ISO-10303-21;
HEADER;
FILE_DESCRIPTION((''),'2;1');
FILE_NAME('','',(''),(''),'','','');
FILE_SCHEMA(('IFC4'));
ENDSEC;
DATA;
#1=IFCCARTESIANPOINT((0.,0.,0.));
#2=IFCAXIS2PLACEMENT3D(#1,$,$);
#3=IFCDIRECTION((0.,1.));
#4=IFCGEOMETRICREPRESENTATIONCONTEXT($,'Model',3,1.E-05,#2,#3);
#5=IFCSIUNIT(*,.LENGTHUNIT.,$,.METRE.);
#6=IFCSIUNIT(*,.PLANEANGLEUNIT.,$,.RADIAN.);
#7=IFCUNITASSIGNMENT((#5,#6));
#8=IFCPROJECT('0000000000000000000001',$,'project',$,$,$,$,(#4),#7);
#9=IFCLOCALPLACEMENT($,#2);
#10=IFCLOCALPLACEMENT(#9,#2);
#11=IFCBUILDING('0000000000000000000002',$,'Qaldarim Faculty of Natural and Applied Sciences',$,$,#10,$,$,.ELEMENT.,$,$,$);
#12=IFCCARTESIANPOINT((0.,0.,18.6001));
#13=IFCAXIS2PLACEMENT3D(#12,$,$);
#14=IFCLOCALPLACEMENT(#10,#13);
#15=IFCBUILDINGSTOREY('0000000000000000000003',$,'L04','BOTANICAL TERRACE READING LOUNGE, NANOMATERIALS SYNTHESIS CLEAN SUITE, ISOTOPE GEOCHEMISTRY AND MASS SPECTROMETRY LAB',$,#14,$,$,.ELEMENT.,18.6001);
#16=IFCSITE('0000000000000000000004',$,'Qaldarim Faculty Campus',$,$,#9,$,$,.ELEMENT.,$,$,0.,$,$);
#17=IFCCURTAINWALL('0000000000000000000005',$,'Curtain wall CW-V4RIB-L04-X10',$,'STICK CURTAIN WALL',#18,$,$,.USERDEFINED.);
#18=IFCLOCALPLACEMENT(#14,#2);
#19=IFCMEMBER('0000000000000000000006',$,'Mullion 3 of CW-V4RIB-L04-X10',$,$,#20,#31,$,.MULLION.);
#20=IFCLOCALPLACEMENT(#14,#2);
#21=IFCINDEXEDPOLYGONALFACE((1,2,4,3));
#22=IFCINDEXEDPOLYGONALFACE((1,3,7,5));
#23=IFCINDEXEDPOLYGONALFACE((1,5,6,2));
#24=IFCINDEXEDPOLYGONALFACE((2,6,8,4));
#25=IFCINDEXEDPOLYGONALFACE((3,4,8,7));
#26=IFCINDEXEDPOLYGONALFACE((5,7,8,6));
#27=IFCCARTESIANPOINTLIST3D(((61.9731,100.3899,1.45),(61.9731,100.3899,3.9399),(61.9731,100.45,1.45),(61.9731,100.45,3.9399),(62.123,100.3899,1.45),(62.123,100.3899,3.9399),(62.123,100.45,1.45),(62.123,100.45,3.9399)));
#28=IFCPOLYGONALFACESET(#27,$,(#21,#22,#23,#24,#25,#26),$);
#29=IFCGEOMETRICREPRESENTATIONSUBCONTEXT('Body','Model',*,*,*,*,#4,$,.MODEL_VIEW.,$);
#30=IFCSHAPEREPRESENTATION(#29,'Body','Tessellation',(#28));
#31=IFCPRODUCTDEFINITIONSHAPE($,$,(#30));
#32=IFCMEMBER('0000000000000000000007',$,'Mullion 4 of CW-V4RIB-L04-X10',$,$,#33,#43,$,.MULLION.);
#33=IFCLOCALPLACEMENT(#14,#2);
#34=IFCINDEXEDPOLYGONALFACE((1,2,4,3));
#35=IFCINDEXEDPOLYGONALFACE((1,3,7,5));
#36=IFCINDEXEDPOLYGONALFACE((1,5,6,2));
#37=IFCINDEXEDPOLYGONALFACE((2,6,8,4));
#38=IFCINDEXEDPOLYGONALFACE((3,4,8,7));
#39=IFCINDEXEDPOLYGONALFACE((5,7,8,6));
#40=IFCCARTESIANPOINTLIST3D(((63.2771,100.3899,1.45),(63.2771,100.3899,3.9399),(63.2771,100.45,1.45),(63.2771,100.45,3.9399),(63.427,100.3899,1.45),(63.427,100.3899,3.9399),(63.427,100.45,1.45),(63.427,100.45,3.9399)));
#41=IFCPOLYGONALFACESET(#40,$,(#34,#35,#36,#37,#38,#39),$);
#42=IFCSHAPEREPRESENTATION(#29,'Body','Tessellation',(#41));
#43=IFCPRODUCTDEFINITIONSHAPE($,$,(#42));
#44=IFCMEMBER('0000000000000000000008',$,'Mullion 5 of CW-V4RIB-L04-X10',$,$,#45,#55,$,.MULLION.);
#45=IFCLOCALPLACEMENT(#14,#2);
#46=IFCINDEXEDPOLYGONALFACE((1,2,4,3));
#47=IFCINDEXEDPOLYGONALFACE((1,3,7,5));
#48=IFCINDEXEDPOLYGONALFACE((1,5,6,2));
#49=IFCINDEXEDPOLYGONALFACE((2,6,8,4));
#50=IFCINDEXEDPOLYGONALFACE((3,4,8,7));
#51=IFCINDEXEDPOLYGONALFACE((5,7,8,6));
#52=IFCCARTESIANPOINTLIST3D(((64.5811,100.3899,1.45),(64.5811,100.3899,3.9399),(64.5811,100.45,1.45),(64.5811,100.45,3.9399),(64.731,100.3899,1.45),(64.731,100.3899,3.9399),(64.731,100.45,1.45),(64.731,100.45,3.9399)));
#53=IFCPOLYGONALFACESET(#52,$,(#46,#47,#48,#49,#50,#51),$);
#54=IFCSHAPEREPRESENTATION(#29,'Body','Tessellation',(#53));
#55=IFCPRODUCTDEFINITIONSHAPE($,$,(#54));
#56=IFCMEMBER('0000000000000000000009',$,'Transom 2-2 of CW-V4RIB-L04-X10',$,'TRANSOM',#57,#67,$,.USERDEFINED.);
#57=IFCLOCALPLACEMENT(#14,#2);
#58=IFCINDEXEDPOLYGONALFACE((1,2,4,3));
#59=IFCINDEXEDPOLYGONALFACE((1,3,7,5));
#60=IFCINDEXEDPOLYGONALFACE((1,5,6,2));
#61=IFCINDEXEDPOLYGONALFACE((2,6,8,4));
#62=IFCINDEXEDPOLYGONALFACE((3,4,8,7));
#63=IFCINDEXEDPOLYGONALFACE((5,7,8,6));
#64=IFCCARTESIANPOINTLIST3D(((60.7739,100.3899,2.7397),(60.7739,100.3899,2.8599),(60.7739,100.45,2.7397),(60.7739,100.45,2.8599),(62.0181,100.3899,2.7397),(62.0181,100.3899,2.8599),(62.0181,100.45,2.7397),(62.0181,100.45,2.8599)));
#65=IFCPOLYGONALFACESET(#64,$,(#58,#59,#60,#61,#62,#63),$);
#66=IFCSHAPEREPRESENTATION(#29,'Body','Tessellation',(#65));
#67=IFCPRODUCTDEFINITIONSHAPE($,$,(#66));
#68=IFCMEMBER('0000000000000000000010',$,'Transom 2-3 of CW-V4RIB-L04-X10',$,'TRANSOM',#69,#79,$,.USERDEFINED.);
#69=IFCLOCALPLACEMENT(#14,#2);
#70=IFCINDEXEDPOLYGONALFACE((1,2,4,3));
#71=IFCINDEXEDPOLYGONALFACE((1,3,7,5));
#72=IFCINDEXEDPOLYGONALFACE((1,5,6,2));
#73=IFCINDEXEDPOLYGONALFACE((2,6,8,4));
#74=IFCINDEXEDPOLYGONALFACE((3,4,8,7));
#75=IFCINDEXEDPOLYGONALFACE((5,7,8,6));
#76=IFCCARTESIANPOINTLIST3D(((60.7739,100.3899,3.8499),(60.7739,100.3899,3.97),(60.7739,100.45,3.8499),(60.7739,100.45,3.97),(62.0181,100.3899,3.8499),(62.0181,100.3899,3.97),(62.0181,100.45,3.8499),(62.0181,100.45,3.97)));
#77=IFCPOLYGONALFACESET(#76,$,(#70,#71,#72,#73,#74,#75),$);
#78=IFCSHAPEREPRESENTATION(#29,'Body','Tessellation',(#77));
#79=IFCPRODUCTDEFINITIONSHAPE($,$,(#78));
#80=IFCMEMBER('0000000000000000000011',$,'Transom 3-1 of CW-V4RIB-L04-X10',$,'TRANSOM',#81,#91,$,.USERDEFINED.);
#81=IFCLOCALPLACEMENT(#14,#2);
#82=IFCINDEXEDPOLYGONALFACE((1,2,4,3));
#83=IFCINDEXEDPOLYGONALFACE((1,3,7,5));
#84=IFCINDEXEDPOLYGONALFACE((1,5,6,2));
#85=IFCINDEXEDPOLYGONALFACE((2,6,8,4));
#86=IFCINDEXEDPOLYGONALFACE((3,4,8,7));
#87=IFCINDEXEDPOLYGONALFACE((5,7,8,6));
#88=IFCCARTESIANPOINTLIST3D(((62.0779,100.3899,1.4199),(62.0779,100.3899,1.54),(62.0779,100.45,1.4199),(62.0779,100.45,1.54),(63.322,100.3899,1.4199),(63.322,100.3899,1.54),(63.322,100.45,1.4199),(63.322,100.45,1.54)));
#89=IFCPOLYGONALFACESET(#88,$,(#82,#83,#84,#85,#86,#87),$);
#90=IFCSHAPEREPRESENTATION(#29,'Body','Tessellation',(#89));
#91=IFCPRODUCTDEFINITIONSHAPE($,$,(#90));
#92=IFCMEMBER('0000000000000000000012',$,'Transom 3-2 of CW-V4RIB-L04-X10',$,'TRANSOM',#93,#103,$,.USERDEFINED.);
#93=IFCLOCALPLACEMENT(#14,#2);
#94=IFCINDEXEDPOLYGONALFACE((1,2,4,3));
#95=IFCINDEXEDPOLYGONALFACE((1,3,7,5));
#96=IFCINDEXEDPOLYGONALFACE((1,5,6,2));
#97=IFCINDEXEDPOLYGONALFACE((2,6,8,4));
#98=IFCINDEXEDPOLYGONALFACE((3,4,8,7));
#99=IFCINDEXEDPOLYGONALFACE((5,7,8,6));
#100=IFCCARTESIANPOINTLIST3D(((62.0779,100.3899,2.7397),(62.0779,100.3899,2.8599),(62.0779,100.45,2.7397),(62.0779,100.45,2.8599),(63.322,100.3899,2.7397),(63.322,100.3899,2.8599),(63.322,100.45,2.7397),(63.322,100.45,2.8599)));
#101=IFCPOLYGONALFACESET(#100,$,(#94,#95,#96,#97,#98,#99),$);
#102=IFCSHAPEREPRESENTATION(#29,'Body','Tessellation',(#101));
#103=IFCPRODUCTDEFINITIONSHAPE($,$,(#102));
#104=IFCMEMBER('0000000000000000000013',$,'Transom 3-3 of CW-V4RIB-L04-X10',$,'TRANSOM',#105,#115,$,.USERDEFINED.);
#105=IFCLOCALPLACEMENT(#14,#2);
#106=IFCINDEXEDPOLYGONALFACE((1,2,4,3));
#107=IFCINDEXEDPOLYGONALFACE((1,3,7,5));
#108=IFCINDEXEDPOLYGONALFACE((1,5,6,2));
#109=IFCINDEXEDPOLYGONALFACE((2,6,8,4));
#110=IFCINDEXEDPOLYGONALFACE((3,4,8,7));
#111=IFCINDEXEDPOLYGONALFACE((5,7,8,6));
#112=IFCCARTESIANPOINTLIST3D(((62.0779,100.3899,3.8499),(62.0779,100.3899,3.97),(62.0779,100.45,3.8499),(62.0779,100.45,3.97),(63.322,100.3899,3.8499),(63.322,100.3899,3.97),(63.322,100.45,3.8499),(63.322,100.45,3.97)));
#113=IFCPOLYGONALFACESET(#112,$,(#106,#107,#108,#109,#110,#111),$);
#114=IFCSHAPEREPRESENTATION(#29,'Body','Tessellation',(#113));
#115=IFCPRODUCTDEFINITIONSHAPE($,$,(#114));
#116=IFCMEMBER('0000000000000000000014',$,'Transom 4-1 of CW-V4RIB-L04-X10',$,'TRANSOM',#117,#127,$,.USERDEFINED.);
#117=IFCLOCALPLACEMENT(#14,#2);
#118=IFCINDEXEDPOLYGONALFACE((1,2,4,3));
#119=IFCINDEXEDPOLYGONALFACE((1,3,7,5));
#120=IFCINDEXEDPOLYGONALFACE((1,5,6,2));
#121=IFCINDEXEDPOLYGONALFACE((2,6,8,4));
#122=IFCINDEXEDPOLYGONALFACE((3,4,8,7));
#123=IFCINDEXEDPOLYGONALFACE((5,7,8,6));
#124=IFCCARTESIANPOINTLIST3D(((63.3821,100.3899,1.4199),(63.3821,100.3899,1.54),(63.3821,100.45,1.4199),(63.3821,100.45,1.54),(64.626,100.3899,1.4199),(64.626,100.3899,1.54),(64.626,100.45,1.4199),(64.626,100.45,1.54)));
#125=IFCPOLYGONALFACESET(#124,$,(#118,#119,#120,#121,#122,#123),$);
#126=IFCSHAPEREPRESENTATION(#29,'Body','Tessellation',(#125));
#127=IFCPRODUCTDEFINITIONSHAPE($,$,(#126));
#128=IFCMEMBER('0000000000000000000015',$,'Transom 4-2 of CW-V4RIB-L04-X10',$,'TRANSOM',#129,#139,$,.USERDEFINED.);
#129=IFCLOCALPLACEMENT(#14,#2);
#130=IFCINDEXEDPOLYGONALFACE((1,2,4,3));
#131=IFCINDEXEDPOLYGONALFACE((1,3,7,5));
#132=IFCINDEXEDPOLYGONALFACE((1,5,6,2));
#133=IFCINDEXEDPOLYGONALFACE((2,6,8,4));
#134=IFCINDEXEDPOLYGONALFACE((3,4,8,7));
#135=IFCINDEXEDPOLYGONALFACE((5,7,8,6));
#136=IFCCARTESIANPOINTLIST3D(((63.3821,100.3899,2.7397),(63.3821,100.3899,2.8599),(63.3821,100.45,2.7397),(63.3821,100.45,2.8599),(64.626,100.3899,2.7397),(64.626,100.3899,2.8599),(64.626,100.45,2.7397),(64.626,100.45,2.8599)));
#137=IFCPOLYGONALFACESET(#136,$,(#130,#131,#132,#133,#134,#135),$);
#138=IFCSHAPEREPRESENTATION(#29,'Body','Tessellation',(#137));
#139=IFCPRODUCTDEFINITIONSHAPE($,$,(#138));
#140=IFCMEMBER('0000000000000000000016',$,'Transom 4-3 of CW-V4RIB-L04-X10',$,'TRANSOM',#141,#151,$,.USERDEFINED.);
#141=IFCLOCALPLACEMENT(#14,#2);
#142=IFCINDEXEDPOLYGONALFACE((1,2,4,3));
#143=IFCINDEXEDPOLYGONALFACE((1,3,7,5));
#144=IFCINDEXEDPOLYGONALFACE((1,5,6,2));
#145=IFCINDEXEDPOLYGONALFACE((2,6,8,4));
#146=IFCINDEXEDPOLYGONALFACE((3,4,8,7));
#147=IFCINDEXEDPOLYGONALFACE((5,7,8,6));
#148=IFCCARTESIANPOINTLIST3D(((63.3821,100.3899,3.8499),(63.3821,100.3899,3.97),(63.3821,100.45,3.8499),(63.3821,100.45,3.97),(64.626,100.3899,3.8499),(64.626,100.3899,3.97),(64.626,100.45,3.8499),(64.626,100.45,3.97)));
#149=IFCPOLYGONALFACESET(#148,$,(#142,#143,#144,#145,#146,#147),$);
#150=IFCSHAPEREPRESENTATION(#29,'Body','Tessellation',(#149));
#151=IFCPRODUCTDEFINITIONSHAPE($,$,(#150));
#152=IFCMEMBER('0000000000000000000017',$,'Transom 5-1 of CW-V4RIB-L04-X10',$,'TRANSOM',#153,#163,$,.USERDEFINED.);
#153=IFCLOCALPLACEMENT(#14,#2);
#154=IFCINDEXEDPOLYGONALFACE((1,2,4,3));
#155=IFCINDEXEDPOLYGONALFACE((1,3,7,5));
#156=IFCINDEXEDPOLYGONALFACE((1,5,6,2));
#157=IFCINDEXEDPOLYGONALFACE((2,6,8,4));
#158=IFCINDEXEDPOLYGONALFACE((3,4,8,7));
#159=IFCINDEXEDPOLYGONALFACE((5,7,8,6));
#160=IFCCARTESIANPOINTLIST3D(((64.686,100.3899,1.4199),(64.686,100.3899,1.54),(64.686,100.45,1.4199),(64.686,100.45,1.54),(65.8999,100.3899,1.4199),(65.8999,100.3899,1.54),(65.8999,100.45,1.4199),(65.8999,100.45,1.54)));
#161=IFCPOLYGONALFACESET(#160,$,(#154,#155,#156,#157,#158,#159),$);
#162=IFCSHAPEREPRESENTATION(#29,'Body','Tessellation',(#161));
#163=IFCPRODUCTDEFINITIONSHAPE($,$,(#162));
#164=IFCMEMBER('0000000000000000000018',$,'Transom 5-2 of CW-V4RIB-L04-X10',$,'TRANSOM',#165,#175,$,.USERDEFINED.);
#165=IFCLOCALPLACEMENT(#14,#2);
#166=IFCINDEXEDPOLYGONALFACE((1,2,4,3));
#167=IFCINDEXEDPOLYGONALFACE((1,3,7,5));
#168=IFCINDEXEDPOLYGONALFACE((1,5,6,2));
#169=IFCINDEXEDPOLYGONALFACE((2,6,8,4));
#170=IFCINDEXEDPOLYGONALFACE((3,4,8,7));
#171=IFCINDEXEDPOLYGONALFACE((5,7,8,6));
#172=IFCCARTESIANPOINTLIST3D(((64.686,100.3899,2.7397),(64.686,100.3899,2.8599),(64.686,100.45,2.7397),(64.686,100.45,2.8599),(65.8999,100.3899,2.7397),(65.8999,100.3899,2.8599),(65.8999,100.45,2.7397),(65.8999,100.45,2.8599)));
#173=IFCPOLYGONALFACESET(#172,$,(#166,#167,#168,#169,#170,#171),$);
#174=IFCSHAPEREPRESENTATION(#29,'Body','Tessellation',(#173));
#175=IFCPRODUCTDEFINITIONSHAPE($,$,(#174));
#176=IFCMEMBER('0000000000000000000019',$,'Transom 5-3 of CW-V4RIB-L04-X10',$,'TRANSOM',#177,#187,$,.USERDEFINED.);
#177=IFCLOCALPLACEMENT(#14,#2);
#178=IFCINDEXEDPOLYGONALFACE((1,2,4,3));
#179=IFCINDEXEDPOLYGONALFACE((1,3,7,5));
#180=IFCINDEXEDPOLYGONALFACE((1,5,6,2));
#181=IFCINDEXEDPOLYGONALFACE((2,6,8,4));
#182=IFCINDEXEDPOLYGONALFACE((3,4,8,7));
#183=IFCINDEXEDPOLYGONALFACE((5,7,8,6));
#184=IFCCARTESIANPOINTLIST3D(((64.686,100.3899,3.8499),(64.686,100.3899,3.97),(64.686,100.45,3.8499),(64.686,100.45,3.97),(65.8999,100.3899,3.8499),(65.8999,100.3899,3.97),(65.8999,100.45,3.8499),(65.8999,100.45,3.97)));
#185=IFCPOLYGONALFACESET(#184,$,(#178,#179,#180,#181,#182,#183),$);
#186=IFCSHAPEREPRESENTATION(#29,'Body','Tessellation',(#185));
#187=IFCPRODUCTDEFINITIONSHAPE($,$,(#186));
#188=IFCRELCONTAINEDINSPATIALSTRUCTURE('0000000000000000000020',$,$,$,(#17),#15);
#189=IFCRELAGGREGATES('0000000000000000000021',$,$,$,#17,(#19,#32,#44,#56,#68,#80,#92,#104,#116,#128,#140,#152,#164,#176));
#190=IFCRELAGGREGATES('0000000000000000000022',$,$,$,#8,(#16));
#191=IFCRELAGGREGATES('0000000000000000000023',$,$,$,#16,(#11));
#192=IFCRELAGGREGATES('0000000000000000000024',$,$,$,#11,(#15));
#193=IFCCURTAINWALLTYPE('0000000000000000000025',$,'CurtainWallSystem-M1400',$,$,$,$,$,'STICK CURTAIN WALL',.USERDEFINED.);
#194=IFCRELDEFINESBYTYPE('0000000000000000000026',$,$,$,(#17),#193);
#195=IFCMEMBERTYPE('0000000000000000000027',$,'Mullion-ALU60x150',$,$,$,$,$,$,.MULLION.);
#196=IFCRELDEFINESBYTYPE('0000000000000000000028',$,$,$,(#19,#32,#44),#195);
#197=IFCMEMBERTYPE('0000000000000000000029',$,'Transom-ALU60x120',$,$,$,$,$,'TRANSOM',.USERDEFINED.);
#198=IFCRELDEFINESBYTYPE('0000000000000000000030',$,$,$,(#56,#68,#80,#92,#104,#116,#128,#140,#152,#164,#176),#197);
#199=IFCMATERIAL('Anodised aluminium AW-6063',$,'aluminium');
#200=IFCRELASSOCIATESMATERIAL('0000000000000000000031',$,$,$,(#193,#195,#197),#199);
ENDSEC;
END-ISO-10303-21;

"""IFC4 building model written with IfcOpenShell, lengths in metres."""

from ifc_helpers import new_model, si_unit, direction, frame, origin, origin_2d, place, context, subcontext, project, spatial, rectangle, extrude, material, material_profile, profile_set, type_object, element, aggregate, save


model = new_model("IFC4")

# Units and contexts
model_context = context("Model", 3, precision=1e-05, world=origin(), true_north=direction((0.0, 1.0)))
body_context = subcontext(model_context, "Body", "Model", "MODEL_VIEW")
ifc_project = project(units=[si_unit("LENGTHUNIT", "METRE"), si_unit("PLANEANGLEUNIT", "RADIAN")], contexts=[model_context])

# Site, building, storey
site_placement = place(None, origin())
site = spatial("IfcSite", under=ifc_project, at=site_placement, Name="Qaldarim Faculty Campus", CompositionType="ELEMENT", RefElevation=0.0)
building_placement = place(site_placement, origin())
building = spatial("IfcBuilding", under=site, at=building_placement, Name="Qaldarim Faculty of Natural and Applied Sciences", CompositionType="ELEMENT")
storey_placement = place(building_placement, frame((0.0, 0.0, 18.6001)))
storey = spatial("IfcBuildingStorey", under=building, at=storey_placement, Name="L04", Description="BOTANICAL TERRACE READING LOUNGE, NANOMATERIALS SYNTHESIS CLEAN SUITE, ISOTOPE GEOCHEMISTRY AND MASS SPECTROMETRY LAB", CompositionType="ELEMENT", Elevation=18.6001)

# Curtain wall, members
ifc_material_1 = material(Name="Anodised aluminium AW-6063", Category="aluminium")
curtain_wall_type = type_object("IfcCurtainWallType", Name="CurtainWallSystem-M1400", ElementType="STICK CURTAIN WALL", PredefinedType="USERDEFINED", material=ifc_material_1)
curtain_wall_placement = place(storey_placement, origin())
curtain_wall = element("IfcCurtainWall", 1, at=curtain_wall_placement, inside=storey, type_object=curtain_wall_type, Name="Curtain wall CW-V4RIB-L04-X10", ObjectType="STICK CURTAIN WALL", PredefinedType="USERDEFINED")
ifc_material_profile_1 = material_profile(ifc_material_1, rectangle(XDim=0.0601, YDim=0.1499, at=origin_2d()), Name="ALU-M60x150")
ifc_profile_set_1 = profile_set([ifc_material_profile_1], Name="Anodised aluminium AW-6063")
member_type_1 = type_object("IfcMemberType", Name="Mullion-ALU60x150", PredefinedType="MULLION", material=ifc_profile_set_1)
member_1_placement = place(storey_placement, frame((62.0481, 100.4199, 1.45), z_axis=(0.0, 0.0, 1.0), x_axis=(0.0, 1.0, 0.0)))
member_1 = element("IfcMember", 2, at=member_1_placement, type_object=member_type_1, Name="Mullion 3 of CW-V4RIB-L04-X10", PredefinedType="MULLION", context=body_context, shape_type="SweptSolid", body=[
    extrude(rectangle(XDim=0.0601, YDim=0.1499, at=origin_2d()), origin(), (0.0, 0.0, 1.0), 2.49),
])
member_2_placement = place(storey_placement, frame((63.3521, 100.4199, 1.45), z_axis=(0.0, 0.0, 1.0), x_axis=(0.0, 1.0, 0.0)))
member_2 = element("IfcMember", 3, at=member_2_placement, type_object=member_type_1, Name="Mullion 4 of CW-V4RIB-L04-X10", PredefinedType="MULLION", context=body_context, shape_type="SweptSolid", body=[
    extrude(rectangle(XDim=0.0601, YDim=0.1499, at=origin_2d()), origin(), (0.0, 0.0, 1.0), 2.49),
])
member_3_placement = place(storey_placement, frame((64.656, 100.4199, 1.45), z_axis=(0.0, 0.0, 1.0), x_axis=(0.0, 1.0, 0.0)))
member_3 = element("IfcMember", 4, at=member_3_placement, type_object=member_type_1, Name="Mullion 5 of CW-V4RIB-L04-X10", PredefinedType="MULLION", context=body_context, shape_type="SweptSolid", body=[
    extrude(rectangle(XDim=0.0601, YDim=0.1499, at=origin_2d()), origin(), (0.0, 0.0, 1.0), 2.49),
])
ifc_material_profile_2 = material_profile(ifc_material_1, rectangle(XDim=0.0601, YDim=0.1201, at=origin_2d()), Name="ALU-T60x120")
ifc_profile_set_2 = profile_set([ifc_material_profile_2], Name="Anodised aluminium AW-6063")
member_type_2 = type_object("IfcMemberType", Name="Transom-ALU60x120", ElementType="TRANSOM", PredefinedType="USERDEFINED", material=ifc_profile_set_2)
member_4_placement = place(storey_placement, frame((60.7739, 100.4199, 2.7998), z_axis=(1.0, 0.0, 0.0), x_axis=(0.0, 1.0, 0.0)))
member_4 = element("IfcMember", 5, at=member_4_placement, type_object=member_type_2, Name="Transom 2-2 of CW-V4RIB-L04-X10", ObjectType="TRANSOM", PredefinedType="USERDEFINED", context=body_context, shape_type="SweptSolid", body=[
    extrude(rectangle(XDim=0.0601, YDim=0.1201, at=origin_2d()), origin(), (0.0, 0.0, 1.0), 1.2441),
])
member_5_placement = place(storey_placement, frame((60.7739, 100.4199, 3.9099), z_axis=(1.0, 0.0, 0.0), x_axis=(0.0, 1.0, 0.0)))
member_5 = element("IfcMember", 6, at=member_5_placement, type_object=member_type_2, Name="Transom 2-3 of CW-V4RIB-L04-X10", ObjectType="TRANSOM", PredefinedType="USERDEFINED", context=body_context, shape_type="SweptSolid", body=[
    extrude(rectangle(XDim=0.0601, YDim=0.1201, at=origin_2d()), origin(), (0.0, 0.0, 1.0), 1.2441),
])
member_6_placement = place(storey_placement, frame((62.0779, 100.4199, 1.48), z_axis=(1.0, 0.0, 0.0), x_axis=(0.0, 1.0, 0.0)))
member_6 = element("IfcMember", 7, at=member_6_placement, type_object=member_type_2, Name="Transom 3-1 of CW-V4RIB-L04-X10", ObjectType="TRANSOM", PredefinedType="USERDEFINED", context=body_context, shape_type="SweptSolid", body=[
    extrude(rectangle(XDim=0.0601, YDim=0.1201, at=origin_2d()), origin(), (0.0, 0.0, 1.0), 1.2441),
])
member_7_placement = place(storey_placement, frame((62.0779, 100.4199, 2.7998), z_axis=(1.0, 0.0, 0.0), x_axis=(0.0, 1.0, 0.0)))
member_7 = element("IfcMember", 8, at=member_7_placement, type_object=member_type_2, Name="Transom 3-2 of CW-V4RIB-L04-X10", ObjectType="TRANSOM", PredefinedType="USERDEFINED", context=body_context, shape_type="SweptSolid", body=[
    extrude(rectangle(XDim=0.0601, YDim=0.1201, at=origin_2d()), origin(), (0.0, 0.0, 1.0), 1.2441),
])
member_8_placement = place(storey_placement, frame((62.0779, 100.4199, 3.9099), z_axis=(1.0, 0.0, 0.0), x_axis=(0.0, 1.0, 0.0)))
member_8 = element("IfcMember", 9, at=member_8_placement, type_object=member_type_2, Name="Transom 3-3 of CW-V4RIB-L04-X10", ObjectType="TRANSOM", PredefinedType="USERDEFINED", context=body_context, shape_type="SweptSolid", body=[
    extrude(rectangle(XDim=0.0601, YDim=0.1201, at=origin_2d()), origin(), (0.0, 0.0, 1.0), 1.2441),
])
member_9_placement = place(storey_placement, frame((63.3821, 100.4199, 1.48), z_axis=(1.0, 0.0, 0.0), x_axis=(0.0, 1.0, 0.0)))
member_9 = element("IfcMember", 10, at=member_9_placement, type_object=member_type_2, Name="Transom 4-1 of CW-V4RIB-L04-X10", ObjectType="TRANSOM", PredefinedType="USERDEFINED", context=body_context, shape_type="SweptSolid", body=[
    extrude(rectangle(XDim=0.0601, YDim=0.1201, at=origin_2d()), origin(), (0.0, 0.0, 1.0), 1.2439),
])
member_10_placement = place(storey_placement, frame((63.3821, 100.4199, 2.7998), z_axis=(1.0, 0.0, 0.0), x_axis=(0.0, 1.0, 0.0)))
member_10 = element("IfcMember", 11, at=member_10_placement, type_object=member_type_2, Name="Transom 4-2 of CW-V4RIB-L04-X10", ObjectType="TRANSOM", PredefinedType="USERDEFINED", context=body_context, shape_type="SweptSolid", body=[
    extrude(rectangle(XDim=0.0601, YDim=0.1201, at=origin_2d()), origin(), (0.0, 0.0, 1.0), 1.2439),
])
member_11_placement = place(storey_placement, frame((63.3821, 100.4199, 3.9099), z_axis=(1.0, 0.0, 0.0), x_axis=(0.0, 1.0, 0.0)))
member_11 = element("IfcMember", 12, at=member_11_placement, type_object=member_type_2, Name="Transom 4-3 of CW-V4RIB-L04-X10", ObjectType="TRANSOM", PredefinedType="USERDEFINED", context=body_context, shape_type="SweptSolid", body=[
    extrude(rectangle(XDim=0.0601, YDim=0.1201, at=origin_2d()), origin(), (0.0, 0.0, 1.0), 1.2439),
])
member_12_placement = place(storey_placement, frame((64.686, 100.4199, 1.48), z_axis=(1.0, 0.0, 0.0), x_axis=(0.0, 1.0, 0.0)))
member_12 = element("IfcMember", 13, at=member_12_placement, type_object=member_type_2, Name="Transom 5-1 of CW-V4RIB-L04-X10", ObjectType="TRANSOM", PredefinedType="USERDEFINED", context=body_context, shape_type="SweptSolid", body=[
    extrude(rectangle(XDim=0.0601, YDim=0.1201, at=origin_2d()), origin(), (0.0, 0.0, 1.0), 1.2139),
])
member_13_placement = place(storey_placement, frame((64.686, 100.4199, 2.7998), z_axis=(1.0, 0.0, 0.0), x_axis=(0.0, 1.0, 0.0)))
member_13 = element("IfcMember", 14, at=member_13_placement, type_object=member_type_2, Name="Transom 5-2 of CW-V4RIB-L04-X10", ObjectType="TRANSOM", PredefinedType="USERDEFINED", context=body_context, shape_type="SweptSolid", body=[
    extrude(rectangle(XDim=0.0601, YDim=0.1201, at=origin_2d()), origin(), (0.0, 0.0, 1.0), 1.2139),
])
member_14_placement = place(storey_placement, frame((64.686, 100.4199, 3.9099), z_axis=(1.0, 0.0, 0.0), x_axis=(0.0, 1.0, 0.0)))
member_14 = element("IfcMember", 15, at=member_14_placement, type_object=member_type_2, Name="Transom 5-3 of CW-V4RIB-L04-X10", ObjectType="TRANSOM", PredefinedType="USERDEFINED", context=body_context, shape_type="SweptSolid", body=[
    extrude(rectangle(XDim=0.0601, YDim=0.1201, at=origin_2d()), origin(), (0.0, 0.0, 1.0), 1.2139),
])
aggregate(curtain_wall, [member_1, member_2, member_3, member_4, member_5, member_6, member_7, member_8, member_9, member_10, member_11, member_12, member_13, member_14])

save(model, "model.ifc")
